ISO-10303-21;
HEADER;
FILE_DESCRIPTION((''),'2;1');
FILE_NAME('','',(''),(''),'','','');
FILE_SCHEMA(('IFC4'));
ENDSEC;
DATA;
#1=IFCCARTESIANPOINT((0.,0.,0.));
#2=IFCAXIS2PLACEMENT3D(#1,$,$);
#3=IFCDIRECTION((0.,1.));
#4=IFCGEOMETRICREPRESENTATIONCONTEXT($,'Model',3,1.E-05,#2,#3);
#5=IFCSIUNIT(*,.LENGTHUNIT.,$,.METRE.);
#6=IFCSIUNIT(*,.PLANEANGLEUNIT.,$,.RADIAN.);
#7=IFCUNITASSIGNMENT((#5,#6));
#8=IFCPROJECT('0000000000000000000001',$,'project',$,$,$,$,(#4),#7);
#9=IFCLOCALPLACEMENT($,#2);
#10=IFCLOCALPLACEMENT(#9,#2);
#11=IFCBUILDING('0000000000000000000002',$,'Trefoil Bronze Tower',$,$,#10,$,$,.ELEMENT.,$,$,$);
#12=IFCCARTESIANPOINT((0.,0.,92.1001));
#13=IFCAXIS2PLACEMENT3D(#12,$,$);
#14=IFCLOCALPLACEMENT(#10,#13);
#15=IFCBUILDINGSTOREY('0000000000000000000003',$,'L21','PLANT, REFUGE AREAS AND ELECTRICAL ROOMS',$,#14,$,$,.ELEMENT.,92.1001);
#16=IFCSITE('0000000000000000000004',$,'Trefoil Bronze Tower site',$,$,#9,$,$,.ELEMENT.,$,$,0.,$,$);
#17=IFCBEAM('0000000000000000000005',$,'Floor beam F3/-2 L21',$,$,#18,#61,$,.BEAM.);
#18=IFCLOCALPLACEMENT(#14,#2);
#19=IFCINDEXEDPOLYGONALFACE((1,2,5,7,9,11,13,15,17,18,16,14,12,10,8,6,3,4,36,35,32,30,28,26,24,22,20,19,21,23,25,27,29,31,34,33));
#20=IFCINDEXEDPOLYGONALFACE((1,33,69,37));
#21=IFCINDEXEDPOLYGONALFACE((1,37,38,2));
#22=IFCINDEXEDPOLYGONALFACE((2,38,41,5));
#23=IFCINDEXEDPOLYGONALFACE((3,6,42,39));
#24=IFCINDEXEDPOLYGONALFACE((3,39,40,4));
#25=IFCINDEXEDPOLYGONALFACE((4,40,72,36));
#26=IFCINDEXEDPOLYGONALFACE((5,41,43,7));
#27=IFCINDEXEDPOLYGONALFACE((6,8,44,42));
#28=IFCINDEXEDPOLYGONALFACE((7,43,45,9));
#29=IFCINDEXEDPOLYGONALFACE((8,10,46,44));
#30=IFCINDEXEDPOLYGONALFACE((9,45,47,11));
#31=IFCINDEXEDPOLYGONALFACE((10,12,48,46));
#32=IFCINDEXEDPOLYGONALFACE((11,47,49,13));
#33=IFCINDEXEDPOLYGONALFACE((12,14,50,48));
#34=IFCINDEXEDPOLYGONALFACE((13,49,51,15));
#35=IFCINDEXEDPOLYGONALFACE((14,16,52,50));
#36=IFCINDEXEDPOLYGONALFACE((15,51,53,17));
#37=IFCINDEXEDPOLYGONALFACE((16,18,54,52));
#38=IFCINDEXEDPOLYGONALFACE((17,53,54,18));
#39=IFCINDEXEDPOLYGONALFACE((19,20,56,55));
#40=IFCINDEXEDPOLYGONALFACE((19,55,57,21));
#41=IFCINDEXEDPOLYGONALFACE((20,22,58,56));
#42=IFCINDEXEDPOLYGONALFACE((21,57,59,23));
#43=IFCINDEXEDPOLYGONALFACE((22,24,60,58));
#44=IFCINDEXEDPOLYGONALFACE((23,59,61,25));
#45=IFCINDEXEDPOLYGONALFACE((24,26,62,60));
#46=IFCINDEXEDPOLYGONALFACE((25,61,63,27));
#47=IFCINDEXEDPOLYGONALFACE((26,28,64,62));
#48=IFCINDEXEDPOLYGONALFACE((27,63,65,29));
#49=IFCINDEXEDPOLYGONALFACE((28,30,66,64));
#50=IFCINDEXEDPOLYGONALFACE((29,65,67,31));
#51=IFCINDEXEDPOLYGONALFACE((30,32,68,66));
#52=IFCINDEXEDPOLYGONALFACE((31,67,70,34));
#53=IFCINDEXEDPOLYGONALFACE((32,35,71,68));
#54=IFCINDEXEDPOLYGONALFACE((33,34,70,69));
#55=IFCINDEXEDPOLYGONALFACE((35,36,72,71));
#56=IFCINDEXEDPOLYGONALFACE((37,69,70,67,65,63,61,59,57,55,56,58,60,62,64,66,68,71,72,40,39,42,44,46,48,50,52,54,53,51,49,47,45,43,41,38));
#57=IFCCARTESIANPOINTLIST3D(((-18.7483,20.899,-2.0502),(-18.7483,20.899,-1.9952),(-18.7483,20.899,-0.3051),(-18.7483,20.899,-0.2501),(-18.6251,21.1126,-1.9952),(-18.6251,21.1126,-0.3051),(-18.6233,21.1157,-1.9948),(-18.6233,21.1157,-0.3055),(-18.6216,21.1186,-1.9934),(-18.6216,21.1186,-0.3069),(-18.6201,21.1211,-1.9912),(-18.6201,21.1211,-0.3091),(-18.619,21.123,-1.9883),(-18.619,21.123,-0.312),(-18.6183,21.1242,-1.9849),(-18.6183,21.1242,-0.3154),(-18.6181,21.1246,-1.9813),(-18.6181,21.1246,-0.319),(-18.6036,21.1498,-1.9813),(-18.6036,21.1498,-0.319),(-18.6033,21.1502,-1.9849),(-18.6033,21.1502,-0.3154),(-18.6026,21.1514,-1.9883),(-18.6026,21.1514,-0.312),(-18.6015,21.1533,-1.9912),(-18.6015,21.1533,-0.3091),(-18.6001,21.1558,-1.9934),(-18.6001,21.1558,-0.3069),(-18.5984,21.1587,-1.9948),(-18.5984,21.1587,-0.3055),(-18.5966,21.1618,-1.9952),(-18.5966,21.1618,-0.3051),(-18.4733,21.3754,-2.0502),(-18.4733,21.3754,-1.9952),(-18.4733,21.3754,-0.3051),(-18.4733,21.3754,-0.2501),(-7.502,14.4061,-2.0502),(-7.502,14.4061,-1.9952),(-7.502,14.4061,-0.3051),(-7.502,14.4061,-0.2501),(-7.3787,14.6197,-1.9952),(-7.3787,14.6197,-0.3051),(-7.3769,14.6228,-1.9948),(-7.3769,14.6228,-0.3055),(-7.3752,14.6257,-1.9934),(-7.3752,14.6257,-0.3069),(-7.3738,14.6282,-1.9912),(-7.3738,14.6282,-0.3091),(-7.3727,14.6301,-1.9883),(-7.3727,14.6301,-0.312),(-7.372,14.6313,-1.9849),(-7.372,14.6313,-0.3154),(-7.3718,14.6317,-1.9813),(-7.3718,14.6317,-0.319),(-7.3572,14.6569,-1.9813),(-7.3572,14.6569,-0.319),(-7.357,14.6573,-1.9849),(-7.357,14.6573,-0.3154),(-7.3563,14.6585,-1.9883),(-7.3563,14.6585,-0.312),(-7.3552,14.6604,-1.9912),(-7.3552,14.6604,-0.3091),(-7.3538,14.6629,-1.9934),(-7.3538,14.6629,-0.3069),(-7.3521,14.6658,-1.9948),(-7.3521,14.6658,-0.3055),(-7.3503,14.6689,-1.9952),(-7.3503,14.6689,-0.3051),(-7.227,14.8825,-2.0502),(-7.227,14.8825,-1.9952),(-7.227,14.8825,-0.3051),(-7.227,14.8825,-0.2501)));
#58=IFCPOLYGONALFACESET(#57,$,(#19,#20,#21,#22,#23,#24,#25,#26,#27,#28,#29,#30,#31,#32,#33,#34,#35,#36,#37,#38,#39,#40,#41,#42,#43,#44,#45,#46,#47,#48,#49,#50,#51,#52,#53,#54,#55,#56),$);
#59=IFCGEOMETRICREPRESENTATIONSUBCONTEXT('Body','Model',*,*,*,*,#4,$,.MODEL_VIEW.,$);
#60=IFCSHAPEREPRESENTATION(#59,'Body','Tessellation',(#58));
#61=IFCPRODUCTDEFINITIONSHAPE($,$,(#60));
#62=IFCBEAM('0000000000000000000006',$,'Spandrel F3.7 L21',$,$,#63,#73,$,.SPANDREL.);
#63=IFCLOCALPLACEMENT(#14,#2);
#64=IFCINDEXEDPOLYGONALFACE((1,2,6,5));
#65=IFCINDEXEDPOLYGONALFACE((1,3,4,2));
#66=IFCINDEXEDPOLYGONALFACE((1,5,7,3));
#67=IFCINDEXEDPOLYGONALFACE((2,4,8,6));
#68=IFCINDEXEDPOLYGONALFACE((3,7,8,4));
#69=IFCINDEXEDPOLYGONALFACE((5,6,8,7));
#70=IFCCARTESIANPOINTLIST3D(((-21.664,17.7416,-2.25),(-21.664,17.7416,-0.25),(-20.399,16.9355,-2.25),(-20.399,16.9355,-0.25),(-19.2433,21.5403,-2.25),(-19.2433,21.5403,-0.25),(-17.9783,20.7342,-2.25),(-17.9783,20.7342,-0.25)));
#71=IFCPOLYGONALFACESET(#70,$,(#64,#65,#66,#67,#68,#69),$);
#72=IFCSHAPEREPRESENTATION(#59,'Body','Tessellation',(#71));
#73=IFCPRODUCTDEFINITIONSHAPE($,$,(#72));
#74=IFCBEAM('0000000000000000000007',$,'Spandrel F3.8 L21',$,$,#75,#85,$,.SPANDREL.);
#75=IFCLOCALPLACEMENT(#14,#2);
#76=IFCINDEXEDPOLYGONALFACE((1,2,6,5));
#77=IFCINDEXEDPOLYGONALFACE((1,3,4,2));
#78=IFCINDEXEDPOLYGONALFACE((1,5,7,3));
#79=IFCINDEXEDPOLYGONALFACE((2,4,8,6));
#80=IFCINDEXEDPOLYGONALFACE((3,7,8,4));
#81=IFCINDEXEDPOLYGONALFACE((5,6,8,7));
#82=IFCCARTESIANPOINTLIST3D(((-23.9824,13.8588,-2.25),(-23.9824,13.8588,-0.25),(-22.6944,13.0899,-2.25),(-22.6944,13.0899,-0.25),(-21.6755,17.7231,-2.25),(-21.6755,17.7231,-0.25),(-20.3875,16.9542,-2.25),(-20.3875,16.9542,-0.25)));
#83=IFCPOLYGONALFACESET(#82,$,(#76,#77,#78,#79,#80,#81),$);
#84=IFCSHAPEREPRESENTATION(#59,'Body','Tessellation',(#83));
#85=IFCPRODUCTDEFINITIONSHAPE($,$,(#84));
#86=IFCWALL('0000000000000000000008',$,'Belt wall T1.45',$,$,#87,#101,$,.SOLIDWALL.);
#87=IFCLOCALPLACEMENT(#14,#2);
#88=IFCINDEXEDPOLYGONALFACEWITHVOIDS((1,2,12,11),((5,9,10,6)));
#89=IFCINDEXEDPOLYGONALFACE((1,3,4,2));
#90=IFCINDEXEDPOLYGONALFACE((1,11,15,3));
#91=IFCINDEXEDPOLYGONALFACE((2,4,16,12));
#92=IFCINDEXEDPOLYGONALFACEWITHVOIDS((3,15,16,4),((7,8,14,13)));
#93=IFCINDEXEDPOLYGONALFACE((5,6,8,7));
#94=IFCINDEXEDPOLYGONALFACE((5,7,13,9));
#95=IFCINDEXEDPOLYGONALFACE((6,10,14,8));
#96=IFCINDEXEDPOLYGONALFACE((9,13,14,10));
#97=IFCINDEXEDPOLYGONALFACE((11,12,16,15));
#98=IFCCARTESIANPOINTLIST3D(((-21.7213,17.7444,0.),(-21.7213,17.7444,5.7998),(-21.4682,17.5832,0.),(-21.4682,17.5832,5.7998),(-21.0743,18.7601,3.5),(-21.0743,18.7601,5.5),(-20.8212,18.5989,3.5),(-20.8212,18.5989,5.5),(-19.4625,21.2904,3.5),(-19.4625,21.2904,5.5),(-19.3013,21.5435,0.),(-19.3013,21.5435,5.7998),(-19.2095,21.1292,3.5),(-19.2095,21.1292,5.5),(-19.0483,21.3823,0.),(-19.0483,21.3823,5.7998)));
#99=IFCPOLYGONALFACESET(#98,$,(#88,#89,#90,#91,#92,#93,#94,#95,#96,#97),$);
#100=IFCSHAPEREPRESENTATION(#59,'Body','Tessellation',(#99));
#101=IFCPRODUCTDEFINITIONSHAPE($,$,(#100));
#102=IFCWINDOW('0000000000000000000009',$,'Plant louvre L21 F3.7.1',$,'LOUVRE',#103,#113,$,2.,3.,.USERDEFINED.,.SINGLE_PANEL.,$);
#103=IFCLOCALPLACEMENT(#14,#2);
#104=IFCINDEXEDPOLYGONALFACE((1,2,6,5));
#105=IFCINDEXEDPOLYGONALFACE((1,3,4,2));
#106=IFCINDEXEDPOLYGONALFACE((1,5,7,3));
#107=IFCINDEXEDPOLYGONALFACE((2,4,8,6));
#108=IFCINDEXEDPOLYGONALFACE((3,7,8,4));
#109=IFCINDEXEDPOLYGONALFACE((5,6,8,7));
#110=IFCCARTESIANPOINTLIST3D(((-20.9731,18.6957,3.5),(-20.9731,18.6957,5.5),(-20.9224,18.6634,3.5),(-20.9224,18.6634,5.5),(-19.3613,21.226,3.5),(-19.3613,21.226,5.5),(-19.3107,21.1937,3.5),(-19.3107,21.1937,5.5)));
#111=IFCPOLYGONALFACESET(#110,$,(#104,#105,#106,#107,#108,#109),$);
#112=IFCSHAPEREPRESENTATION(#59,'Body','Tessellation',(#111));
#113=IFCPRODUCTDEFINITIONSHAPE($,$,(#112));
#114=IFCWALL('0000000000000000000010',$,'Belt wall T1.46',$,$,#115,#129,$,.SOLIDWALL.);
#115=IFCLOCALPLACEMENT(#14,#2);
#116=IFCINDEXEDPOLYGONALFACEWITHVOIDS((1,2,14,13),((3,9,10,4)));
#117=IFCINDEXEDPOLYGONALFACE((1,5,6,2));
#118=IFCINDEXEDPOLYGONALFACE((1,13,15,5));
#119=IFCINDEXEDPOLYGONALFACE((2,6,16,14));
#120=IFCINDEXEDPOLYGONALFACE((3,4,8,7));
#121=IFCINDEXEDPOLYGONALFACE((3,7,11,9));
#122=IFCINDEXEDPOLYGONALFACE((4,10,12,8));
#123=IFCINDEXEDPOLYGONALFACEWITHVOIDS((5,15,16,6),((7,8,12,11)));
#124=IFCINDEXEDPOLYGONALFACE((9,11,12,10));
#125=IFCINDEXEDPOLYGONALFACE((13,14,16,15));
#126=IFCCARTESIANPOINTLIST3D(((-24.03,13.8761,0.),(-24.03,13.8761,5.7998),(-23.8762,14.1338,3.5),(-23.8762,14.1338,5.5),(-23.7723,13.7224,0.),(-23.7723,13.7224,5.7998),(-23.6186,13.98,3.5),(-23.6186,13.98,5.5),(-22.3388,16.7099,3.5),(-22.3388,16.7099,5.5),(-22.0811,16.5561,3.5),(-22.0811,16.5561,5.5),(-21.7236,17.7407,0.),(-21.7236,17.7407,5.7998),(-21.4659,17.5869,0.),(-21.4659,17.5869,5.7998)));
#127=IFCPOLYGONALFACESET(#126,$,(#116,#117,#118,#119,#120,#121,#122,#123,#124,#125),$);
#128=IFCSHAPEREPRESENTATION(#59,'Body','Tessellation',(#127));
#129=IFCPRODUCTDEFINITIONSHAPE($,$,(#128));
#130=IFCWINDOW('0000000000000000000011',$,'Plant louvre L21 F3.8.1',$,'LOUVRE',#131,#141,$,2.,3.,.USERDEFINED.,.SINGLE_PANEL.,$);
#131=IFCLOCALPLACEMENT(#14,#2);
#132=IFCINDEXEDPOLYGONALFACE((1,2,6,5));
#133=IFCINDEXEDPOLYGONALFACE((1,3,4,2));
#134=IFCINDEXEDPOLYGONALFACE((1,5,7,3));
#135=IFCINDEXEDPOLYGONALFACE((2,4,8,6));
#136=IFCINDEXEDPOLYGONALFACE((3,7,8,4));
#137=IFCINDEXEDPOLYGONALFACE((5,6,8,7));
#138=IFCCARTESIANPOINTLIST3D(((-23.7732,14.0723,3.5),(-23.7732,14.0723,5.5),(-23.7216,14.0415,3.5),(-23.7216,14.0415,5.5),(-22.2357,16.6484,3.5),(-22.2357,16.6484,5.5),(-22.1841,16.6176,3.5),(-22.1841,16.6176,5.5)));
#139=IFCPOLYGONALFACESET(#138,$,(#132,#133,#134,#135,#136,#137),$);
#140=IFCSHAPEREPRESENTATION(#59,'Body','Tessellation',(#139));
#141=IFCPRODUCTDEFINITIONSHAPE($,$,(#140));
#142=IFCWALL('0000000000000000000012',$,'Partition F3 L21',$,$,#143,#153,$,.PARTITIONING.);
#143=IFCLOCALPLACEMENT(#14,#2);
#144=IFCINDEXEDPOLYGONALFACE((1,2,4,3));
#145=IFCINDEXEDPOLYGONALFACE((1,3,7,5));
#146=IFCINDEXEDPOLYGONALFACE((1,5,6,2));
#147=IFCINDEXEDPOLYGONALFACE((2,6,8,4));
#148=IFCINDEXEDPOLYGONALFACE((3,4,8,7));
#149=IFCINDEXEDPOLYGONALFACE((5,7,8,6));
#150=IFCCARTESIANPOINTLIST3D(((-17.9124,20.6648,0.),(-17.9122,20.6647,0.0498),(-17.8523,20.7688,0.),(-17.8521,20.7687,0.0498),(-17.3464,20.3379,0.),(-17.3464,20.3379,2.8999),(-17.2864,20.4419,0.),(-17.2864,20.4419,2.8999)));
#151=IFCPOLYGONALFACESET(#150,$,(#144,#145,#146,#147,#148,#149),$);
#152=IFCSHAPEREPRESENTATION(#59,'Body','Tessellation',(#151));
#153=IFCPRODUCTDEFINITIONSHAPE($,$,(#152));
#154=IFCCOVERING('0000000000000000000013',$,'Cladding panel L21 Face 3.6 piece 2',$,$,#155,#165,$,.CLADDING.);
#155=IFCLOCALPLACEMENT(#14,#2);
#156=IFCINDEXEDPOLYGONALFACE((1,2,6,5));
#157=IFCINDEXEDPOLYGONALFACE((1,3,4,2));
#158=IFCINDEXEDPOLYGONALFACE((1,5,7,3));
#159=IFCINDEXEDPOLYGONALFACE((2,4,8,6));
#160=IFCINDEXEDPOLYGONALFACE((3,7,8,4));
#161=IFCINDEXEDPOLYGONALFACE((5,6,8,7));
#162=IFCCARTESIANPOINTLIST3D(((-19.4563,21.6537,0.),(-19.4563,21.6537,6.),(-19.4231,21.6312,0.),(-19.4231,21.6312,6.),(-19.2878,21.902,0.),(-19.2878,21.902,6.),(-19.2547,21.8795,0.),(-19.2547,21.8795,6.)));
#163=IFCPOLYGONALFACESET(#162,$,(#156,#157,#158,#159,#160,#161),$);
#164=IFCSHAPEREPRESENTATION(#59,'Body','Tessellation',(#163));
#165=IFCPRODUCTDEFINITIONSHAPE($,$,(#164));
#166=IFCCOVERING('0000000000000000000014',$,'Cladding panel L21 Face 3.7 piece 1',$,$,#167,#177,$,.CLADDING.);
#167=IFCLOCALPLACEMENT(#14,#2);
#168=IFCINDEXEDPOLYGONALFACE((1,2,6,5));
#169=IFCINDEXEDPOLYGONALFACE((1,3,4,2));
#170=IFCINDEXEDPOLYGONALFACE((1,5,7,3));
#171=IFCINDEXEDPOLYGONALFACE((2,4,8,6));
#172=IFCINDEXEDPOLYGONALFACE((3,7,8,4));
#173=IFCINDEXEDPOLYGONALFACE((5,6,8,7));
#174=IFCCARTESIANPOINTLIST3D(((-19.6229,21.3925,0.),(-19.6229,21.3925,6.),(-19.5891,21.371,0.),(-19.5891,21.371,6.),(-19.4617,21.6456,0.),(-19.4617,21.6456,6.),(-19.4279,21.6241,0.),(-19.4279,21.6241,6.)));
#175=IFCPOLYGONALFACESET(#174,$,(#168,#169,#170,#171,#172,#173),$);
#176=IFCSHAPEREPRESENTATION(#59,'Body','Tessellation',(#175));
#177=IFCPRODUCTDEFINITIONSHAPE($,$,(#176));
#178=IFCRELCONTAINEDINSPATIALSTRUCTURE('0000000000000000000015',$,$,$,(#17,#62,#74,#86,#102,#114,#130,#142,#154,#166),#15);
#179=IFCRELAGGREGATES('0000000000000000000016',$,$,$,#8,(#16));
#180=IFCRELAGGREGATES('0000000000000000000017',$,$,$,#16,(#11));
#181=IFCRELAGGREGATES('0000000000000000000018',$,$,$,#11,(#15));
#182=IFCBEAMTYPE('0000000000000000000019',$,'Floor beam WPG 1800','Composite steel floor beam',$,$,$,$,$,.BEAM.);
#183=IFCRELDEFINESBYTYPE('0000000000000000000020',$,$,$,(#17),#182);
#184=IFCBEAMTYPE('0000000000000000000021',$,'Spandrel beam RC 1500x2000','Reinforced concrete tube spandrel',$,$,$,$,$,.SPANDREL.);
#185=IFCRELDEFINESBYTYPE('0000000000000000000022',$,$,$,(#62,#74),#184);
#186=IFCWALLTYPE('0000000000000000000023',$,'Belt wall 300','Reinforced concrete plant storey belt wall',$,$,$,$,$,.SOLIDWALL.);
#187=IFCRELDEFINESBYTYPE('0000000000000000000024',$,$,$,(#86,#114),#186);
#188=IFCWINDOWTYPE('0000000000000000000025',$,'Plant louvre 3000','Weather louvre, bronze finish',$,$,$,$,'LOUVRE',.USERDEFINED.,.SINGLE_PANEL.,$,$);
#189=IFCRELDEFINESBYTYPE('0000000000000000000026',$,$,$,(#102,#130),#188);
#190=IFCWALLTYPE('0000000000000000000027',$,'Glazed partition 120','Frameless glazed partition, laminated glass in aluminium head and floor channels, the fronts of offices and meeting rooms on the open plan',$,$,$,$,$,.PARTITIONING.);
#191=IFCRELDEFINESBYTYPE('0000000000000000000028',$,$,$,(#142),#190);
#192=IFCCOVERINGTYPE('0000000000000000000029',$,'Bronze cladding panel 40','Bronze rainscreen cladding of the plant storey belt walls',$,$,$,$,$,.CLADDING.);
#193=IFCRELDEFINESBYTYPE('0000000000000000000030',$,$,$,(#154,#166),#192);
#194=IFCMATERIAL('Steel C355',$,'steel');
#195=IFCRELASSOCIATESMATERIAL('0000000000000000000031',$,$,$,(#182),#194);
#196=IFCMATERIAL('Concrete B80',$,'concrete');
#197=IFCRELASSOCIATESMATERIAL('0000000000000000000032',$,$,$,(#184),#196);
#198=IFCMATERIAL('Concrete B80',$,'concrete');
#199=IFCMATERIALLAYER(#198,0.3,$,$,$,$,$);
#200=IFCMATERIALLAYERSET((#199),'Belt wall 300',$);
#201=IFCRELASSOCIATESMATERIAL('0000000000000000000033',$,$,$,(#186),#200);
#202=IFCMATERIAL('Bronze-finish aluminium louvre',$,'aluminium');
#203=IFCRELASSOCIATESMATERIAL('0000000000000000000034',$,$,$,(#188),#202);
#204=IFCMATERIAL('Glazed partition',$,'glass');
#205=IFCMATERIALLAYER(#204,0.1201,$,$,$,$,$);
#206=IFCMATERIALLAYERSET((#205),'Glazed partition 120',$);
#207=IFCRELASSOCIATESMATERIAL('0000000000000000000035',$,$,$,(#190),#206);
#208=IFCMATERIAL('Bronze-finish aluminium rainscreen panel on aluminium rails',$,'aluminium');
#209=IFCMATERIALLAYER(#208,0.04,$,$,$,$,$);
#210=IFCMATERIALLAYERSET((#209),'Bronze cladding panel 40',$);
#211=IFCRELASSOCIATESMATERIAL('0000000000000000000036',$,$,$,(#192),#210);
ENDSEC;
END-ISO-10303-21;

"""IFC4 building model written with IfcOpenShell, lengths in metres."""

from ifc_helpers import new_model, si_unit, direction, frame, frame_2d, origin, origin_2d, place, context, subcontext, project, spatial, polyline, rectangle, i_section, outline, extrude, material, layer, layer_set, material_profile, profile_set, type_object, element, fill, save


model = new_model("IFC4")

# Units and contexts
model_context = context("Model", 3, precision=1e-05, world=origin(), true_north=direction((0.0, 1.0)))
body_context = subcontext(model_context, "Body", "Model", "MODEL_VIEW")
ifc_project = project(units=[si_unit("LENGTHUNIT", "METRE"), si_unit("PLANEANGLEUNIT", "RADIAN")], contexts=[model_context])

# Site, building, storey
site_placement = place(None, origin())
site = spatial("IfcSite", under=ifc_project, at=site_placement, Name="Trefoil Bronze Tower site", CompositionType="ELEMENT", RefElevation=0.0)
building_placement = place(site_placement, origin())
building = spatial("IfcBuilding", under=site, at=building_placement, Name="Trefoil Bronze Tower", CompositionType="ELEMENT")
storey_placement = place(building_placement, frame((0.0, 0.0, 92.1001)))
storey = spatial("IfcBuildingStorey", under=building, at=storey_placement, Name="L21", Description="PLANT, REFUGE AREAS AND ELECTRICAL ROOMS", CompositionType="ELEMENT", Elevation=92.1001)

# Beams
ifc_material_1 = material(Name="Steel C355", Category="steel")
ifc_material_profile_1 = material_profile(ifc_material_1, i_section(OverallWidth=0.55, OverallDepth=1.8, WebThickness=0.0291, FlangeThickness=0.0549, FilletRadius=0.0139, at=origin_2d()), Name="WPG 1800")
ifc_profile_set_1 = profile_set([ifc_material_profile_1], Name="Steel C355")
beam_type_1 = type_object("IfcBeamType", Name="Floor beam WPG 1800", Description="Composite steel floor beam", PredefinedType="BEAM", material=ifc_profile_set_1)
beam_1_placement = place(storey_placement, frame((-18.6108, 21.1372, -1.1501), z_axis=(0.866031, -0.499991, 0.0), x_axis=(0.499991, 0.866031, 0.0)))
element("IfcBeam", 1, at=beam_1_placement, inside=storey, type_object=beam_type_1, Name="Floor beam F3/-2 L21", PredefinedType="BEAM", context=body_context, shape_type="SweptSolid", body=[
    extrude(i_section(OverallWidth=0.55, OverallDepth=1.8, WebThickness=0.0291, FlangeThickness=0.0549, FilletRadius=0.0139, at=origin_2d()), origin(), (0.0, 0.0, 1.0), 12.9861),
])
ifc_material_2 = material(Name="Concrete B80", Category="concrete")
ifc_material_profile_2 = material_profile(ifc_material_2, rectangle(XDim=1.5, YDim=2.0, at=origin_2d()), Name="RC 1500x2000")
ifc_profile_set_2 = profile_set([ifc_material_profile_2], Name="Concrete B80")
beam_type_2 = type_object("IfcBeamType", Name="Spandrel beam RC 1500x2000", Description="Reinforced concrete tube spandrel", PredefinedType="SPANDREL", material=ifc_profile_set_2)
beam_2_placement = place(storey_placement, frame((-18.6108, 21.1372, -1.25), z_axis=(-0.537408, -0.843322, 0.0), x_axis=(0.843322, -0.537408, 0.0)))
element("IfcBeam", 2, at=beam_2_placement, inside=storey, type_object=beam_type_2, Name="Spandrel F3.7 L21", PredefinedType="SPANDREL", context=body_context, shape_type="SweptSolid", body=[
    extrude(rectangle(XDim=1.5, YDim=2.0, at=origin_2d()), origin(), (0.0, 0.0, 1.0), 4.5044),
])
beam_3_placement = place(storey_placement, frame((-21.0315, 17.3386, -1.25), z_axis=(-0.512588, -0.858635, 0.0), x_axis=(0.858635, -0.512588, 0.0)))
element("IfcBeam", 3, at=beam_3_placement, inside=storey, type_object=beam_type_2, Name="Spandrel F3.8 L21", PredefinedType="SPANDREL", context=body_context, shape_type="SweptSolid", body=[
    extrude(rectangle(XDim=1.5, YDim=2.0, at=origin_2d()), origin(), (0.0, 0.0, 1.0), 4.5005),
])

# Walls, openings, windows
ifc_material_3 = material(Name="Concrete B80", Category="concrete")
ifc_layer_1 = layer(ifc_material_3, 0.3)
ifc_layer_set_1 = layer_set([ifc_layer_1], Name="Belt wall 300")
wall_type_1 = type_object("IfcWallType", Name="Belt wall 300", Description="Reinforced concrete plant storey belt wall", PredefinedType="SOLIDWALL", material=ifc_layer_set_1)
wall_1_placement = place(storey_placement, frame((-19.1748, 21.4629, 0.0), z_axis=(0.0, 0.0, 1.0), x_axis=(-0.537244, -0.843427, 0.0)))
wall_1 = element("IfcWall", 4, at=wall_1_placement, inside=storey, type_object=wall_type_1, Name="Belt wall T1.45", PredefinedType="SOLIDWALL", context=body_context, shape_type="SweptSolid", body=[
    extrude(rectangle(XDim=4.5044, YDim=0.3, at=frame_2d((2.2522, 0.0))), origin(), (0.0, 0.0, 1.0), 5.7998),
])
opening_1_placement = place(wall_1_placement, frame((0.3, 0.0, 3.5)))
opening_1 = element("IfcOpeningElement", 5, at=opening_1_placement, cuts=wall_1, PredefinedType="OPENING", context=body_context, shape_type="SweptSolid", body=[
    extrude(rectangle(XDim=3.0, YDim=2.0, at=frame_2d((1.5, 1.0))), frame((0.0, 0.1599, 0.0), z_axis=(0.0, -1.0, 0.0), x_axis=(1.0, 0.0, 0.0)), (0.0, 0.0, 1.0), 0.3201),
])
ifc_material_4 = material(Name="Bronze-finish aluminium louvre", Category="aluminium")
window_type = type_object("IfcWindowType", Name="Plant louvre 3000", Description="Weather louvre, bronze finish", ElementType="LOUVRE", PartitioningType="SINGLE_PANEL", PredefinedType="USERDEFINED", material=ifc_material_4)
window_1_placement = place(opening_1_placement, origin())
window_1 = element("IfcWindow", 6, at=window_1_placement, inside=storey, type_object=window_type, Name="Plant louvre L21 F3.7.1", ObjectType="LOUVRE", OverallHeight=2.0, OverallWidth=3.0, PartitioningType="SINGLE_PANEL", PredefinedType="USERDEFINED", context=body_context, shape_type="SweptSolid", body=[
    extrude(rectangle(XDim=3.0, YDim=2.0, at=frame_2d((1.5, 1.0))), frame((0.0, 0.03, 0.0), z_axis=(0.0, -1.0, 0.0), x_axis=(1.0, 0.0, 0.0)), (0.0, 0.0, 1.0), 0.0601),
])
fill(opening_1, window_1)
wall_2_placement = place(storey_placement, frame((-21.5947, 17.6638, 0.0), z_axis=(0.0, 0.0, 1.0), x_axis=(-0.512484, -0.858697, 0.0)))
wall_2 = element("IfcWall", 7, at=wall_2_placement, inside=storey, type_object=wall_type_1, Name="Belt wall T1.46", PredefinedType="SOLIDWALL", context=body_context, shape_type="SweptSolid", body=[
    extrude(rectangle(XDim=4.5005, YDim=0.3, at=frame_2d((2.2502, 0.0))), origin(), (0.0, 0.0, 1.0), 5.7998),
])
opening_2_placement = place(wall_2_placement, frame((1.2004, 0.0, 3.5)))
opening_2 = element("IfcOpeningElement", 8, at=opening_2_placement, cuts=wall_2, PredefinedType="OPENING", context=body_context, shape_type="SweptSolid", body=[
    extrude(rectangle(XDim=3.0, YDim=2.0, at=frame_2d((1.5, 1.0))), frame((0.0, 0.1599, 0.0), z_axis=(0.0, -1.0, 0.0), x_axis=(1.0, 0.0, 0.0)), (0.0, 0.0, 1.0), 0.3201),
])
window_2_placement = place(opening_2_placement, origin())
window_2 = element("IfcWindow", 9, at=window_2_placement, inside=storey, type_object=window_type, Name="Plant louvre L21 F3.8.1", ObjectType="LOUVRE", OverallHeight=2.0, OverallWidth=3.0, PartitioningType="SINGLE_PANEL", PredefinedType="USERDEFINED", context=body_context, shape_type="SweptSolid", body=[
    extrude(rectangle(XDim=3.0, YDim=2.0, at=frame_2d((1.5, 1.0))), frame((0.0, 0.03, 0.0), z_axis=(0.0, -1.0, 0.0), x_axis=(1.0, 0.0, 0.0)), (0.0, 0.0, 1.0), 0.0601),
])
fill(opening_2, window_2)

# Wall
ifc_material_5 = material(Name="Glazed partition", Category="glass")
ifc_layer_2 = layer(ifc_material_5, 0.1201)
ifc_layer_set_2 = layer_set([ifc_layer_2], Name="Glazed partition 120")
wall_type_2 = type_object("IfcWallType", Name="Glazed partition 120", Description="Frameless glazed partition, laminated glass in aluminium head and floor channels, the fronts of offices and meeting rooms on the open plan", PredefinedType="PARTITIONING", material=ifc_layer_set_2)
wall_3_placement = place(storey_placement, frame((-17.3164, 20.3899, 0.0), z_axis=(0.0, 0.0, 1.0), x_axis=(-0.865912, 0.500197, 0.0)))
element("IfcWall", 10, at=wall_3_placement, inside=storey, type_object=wall_type_2, Name="Partition F3 L21", PredefinedType="PARTITIONING", context=body_context, shape_type="SweptSolid", body=[
    extrude(outline(polyline([(0.0, 0.0), (0.6536, 0.0), (0.6533, 0.0498), (0.0, 2.8999), (0.0, 0.0)])), frame((0.0, 0.0601, 0.0), z_axis=(0.0, -1.0, 0.0), x_axis=(1.0, 0.0, 0.0)), (0.0, 0.0, 1.0), 0.1201),
])

# Coverings
ifc_material_6 = material(Name="Bronze-finish aluminium rainscreen panel on aluminium rails", Category="aluminium")
ifc_layer_3 = layer(ifc_material_6, 0.04)
ifc_layer_set_3 = layer_set([ifc_layer_3], Name="Bronze cladding panel 40")
covering_type_1 = type_object("IfcCoveringType", Name="Bronze cladding panel 40", Description="Bronze rainscreen cladding of the plant storey belt walls", PredefinedType="CLADDING", material=ifc_layer_set_3)
for number, where, z_axis, x_axis, name in (
    (11, (-19.3555, 21.7666, 0.0), (0.0, 0.0, 1.0), (-0.56151, -0.82747, 0.0), "Cladding panel L21 Face 3.6 piece 2"),
    (12, (-19.5254, 21.5083, 0.0), (0.0, 0.0, 1.0), (-0.537222, -0.843441, 0.0), "Cladding panel L21 Face 3.7 piece 1"),
):
    element("IfcCovering", number, at=place(storey_placement, frame(where, z_axis=z_axis, x_axis=x_axis)), inside=storey, type_object=covering_type_1, Name=name, PredefinedType="CLADDING", context=body_context, shape_type="SweptSolid", body=[
        extrude(rectangle(XDim=0.3, YDim=0.04, at=origin_2d()), origin(), (0.0, 0.0, 1.0), 6.0),
    ])

save(model, "model.ifc")
